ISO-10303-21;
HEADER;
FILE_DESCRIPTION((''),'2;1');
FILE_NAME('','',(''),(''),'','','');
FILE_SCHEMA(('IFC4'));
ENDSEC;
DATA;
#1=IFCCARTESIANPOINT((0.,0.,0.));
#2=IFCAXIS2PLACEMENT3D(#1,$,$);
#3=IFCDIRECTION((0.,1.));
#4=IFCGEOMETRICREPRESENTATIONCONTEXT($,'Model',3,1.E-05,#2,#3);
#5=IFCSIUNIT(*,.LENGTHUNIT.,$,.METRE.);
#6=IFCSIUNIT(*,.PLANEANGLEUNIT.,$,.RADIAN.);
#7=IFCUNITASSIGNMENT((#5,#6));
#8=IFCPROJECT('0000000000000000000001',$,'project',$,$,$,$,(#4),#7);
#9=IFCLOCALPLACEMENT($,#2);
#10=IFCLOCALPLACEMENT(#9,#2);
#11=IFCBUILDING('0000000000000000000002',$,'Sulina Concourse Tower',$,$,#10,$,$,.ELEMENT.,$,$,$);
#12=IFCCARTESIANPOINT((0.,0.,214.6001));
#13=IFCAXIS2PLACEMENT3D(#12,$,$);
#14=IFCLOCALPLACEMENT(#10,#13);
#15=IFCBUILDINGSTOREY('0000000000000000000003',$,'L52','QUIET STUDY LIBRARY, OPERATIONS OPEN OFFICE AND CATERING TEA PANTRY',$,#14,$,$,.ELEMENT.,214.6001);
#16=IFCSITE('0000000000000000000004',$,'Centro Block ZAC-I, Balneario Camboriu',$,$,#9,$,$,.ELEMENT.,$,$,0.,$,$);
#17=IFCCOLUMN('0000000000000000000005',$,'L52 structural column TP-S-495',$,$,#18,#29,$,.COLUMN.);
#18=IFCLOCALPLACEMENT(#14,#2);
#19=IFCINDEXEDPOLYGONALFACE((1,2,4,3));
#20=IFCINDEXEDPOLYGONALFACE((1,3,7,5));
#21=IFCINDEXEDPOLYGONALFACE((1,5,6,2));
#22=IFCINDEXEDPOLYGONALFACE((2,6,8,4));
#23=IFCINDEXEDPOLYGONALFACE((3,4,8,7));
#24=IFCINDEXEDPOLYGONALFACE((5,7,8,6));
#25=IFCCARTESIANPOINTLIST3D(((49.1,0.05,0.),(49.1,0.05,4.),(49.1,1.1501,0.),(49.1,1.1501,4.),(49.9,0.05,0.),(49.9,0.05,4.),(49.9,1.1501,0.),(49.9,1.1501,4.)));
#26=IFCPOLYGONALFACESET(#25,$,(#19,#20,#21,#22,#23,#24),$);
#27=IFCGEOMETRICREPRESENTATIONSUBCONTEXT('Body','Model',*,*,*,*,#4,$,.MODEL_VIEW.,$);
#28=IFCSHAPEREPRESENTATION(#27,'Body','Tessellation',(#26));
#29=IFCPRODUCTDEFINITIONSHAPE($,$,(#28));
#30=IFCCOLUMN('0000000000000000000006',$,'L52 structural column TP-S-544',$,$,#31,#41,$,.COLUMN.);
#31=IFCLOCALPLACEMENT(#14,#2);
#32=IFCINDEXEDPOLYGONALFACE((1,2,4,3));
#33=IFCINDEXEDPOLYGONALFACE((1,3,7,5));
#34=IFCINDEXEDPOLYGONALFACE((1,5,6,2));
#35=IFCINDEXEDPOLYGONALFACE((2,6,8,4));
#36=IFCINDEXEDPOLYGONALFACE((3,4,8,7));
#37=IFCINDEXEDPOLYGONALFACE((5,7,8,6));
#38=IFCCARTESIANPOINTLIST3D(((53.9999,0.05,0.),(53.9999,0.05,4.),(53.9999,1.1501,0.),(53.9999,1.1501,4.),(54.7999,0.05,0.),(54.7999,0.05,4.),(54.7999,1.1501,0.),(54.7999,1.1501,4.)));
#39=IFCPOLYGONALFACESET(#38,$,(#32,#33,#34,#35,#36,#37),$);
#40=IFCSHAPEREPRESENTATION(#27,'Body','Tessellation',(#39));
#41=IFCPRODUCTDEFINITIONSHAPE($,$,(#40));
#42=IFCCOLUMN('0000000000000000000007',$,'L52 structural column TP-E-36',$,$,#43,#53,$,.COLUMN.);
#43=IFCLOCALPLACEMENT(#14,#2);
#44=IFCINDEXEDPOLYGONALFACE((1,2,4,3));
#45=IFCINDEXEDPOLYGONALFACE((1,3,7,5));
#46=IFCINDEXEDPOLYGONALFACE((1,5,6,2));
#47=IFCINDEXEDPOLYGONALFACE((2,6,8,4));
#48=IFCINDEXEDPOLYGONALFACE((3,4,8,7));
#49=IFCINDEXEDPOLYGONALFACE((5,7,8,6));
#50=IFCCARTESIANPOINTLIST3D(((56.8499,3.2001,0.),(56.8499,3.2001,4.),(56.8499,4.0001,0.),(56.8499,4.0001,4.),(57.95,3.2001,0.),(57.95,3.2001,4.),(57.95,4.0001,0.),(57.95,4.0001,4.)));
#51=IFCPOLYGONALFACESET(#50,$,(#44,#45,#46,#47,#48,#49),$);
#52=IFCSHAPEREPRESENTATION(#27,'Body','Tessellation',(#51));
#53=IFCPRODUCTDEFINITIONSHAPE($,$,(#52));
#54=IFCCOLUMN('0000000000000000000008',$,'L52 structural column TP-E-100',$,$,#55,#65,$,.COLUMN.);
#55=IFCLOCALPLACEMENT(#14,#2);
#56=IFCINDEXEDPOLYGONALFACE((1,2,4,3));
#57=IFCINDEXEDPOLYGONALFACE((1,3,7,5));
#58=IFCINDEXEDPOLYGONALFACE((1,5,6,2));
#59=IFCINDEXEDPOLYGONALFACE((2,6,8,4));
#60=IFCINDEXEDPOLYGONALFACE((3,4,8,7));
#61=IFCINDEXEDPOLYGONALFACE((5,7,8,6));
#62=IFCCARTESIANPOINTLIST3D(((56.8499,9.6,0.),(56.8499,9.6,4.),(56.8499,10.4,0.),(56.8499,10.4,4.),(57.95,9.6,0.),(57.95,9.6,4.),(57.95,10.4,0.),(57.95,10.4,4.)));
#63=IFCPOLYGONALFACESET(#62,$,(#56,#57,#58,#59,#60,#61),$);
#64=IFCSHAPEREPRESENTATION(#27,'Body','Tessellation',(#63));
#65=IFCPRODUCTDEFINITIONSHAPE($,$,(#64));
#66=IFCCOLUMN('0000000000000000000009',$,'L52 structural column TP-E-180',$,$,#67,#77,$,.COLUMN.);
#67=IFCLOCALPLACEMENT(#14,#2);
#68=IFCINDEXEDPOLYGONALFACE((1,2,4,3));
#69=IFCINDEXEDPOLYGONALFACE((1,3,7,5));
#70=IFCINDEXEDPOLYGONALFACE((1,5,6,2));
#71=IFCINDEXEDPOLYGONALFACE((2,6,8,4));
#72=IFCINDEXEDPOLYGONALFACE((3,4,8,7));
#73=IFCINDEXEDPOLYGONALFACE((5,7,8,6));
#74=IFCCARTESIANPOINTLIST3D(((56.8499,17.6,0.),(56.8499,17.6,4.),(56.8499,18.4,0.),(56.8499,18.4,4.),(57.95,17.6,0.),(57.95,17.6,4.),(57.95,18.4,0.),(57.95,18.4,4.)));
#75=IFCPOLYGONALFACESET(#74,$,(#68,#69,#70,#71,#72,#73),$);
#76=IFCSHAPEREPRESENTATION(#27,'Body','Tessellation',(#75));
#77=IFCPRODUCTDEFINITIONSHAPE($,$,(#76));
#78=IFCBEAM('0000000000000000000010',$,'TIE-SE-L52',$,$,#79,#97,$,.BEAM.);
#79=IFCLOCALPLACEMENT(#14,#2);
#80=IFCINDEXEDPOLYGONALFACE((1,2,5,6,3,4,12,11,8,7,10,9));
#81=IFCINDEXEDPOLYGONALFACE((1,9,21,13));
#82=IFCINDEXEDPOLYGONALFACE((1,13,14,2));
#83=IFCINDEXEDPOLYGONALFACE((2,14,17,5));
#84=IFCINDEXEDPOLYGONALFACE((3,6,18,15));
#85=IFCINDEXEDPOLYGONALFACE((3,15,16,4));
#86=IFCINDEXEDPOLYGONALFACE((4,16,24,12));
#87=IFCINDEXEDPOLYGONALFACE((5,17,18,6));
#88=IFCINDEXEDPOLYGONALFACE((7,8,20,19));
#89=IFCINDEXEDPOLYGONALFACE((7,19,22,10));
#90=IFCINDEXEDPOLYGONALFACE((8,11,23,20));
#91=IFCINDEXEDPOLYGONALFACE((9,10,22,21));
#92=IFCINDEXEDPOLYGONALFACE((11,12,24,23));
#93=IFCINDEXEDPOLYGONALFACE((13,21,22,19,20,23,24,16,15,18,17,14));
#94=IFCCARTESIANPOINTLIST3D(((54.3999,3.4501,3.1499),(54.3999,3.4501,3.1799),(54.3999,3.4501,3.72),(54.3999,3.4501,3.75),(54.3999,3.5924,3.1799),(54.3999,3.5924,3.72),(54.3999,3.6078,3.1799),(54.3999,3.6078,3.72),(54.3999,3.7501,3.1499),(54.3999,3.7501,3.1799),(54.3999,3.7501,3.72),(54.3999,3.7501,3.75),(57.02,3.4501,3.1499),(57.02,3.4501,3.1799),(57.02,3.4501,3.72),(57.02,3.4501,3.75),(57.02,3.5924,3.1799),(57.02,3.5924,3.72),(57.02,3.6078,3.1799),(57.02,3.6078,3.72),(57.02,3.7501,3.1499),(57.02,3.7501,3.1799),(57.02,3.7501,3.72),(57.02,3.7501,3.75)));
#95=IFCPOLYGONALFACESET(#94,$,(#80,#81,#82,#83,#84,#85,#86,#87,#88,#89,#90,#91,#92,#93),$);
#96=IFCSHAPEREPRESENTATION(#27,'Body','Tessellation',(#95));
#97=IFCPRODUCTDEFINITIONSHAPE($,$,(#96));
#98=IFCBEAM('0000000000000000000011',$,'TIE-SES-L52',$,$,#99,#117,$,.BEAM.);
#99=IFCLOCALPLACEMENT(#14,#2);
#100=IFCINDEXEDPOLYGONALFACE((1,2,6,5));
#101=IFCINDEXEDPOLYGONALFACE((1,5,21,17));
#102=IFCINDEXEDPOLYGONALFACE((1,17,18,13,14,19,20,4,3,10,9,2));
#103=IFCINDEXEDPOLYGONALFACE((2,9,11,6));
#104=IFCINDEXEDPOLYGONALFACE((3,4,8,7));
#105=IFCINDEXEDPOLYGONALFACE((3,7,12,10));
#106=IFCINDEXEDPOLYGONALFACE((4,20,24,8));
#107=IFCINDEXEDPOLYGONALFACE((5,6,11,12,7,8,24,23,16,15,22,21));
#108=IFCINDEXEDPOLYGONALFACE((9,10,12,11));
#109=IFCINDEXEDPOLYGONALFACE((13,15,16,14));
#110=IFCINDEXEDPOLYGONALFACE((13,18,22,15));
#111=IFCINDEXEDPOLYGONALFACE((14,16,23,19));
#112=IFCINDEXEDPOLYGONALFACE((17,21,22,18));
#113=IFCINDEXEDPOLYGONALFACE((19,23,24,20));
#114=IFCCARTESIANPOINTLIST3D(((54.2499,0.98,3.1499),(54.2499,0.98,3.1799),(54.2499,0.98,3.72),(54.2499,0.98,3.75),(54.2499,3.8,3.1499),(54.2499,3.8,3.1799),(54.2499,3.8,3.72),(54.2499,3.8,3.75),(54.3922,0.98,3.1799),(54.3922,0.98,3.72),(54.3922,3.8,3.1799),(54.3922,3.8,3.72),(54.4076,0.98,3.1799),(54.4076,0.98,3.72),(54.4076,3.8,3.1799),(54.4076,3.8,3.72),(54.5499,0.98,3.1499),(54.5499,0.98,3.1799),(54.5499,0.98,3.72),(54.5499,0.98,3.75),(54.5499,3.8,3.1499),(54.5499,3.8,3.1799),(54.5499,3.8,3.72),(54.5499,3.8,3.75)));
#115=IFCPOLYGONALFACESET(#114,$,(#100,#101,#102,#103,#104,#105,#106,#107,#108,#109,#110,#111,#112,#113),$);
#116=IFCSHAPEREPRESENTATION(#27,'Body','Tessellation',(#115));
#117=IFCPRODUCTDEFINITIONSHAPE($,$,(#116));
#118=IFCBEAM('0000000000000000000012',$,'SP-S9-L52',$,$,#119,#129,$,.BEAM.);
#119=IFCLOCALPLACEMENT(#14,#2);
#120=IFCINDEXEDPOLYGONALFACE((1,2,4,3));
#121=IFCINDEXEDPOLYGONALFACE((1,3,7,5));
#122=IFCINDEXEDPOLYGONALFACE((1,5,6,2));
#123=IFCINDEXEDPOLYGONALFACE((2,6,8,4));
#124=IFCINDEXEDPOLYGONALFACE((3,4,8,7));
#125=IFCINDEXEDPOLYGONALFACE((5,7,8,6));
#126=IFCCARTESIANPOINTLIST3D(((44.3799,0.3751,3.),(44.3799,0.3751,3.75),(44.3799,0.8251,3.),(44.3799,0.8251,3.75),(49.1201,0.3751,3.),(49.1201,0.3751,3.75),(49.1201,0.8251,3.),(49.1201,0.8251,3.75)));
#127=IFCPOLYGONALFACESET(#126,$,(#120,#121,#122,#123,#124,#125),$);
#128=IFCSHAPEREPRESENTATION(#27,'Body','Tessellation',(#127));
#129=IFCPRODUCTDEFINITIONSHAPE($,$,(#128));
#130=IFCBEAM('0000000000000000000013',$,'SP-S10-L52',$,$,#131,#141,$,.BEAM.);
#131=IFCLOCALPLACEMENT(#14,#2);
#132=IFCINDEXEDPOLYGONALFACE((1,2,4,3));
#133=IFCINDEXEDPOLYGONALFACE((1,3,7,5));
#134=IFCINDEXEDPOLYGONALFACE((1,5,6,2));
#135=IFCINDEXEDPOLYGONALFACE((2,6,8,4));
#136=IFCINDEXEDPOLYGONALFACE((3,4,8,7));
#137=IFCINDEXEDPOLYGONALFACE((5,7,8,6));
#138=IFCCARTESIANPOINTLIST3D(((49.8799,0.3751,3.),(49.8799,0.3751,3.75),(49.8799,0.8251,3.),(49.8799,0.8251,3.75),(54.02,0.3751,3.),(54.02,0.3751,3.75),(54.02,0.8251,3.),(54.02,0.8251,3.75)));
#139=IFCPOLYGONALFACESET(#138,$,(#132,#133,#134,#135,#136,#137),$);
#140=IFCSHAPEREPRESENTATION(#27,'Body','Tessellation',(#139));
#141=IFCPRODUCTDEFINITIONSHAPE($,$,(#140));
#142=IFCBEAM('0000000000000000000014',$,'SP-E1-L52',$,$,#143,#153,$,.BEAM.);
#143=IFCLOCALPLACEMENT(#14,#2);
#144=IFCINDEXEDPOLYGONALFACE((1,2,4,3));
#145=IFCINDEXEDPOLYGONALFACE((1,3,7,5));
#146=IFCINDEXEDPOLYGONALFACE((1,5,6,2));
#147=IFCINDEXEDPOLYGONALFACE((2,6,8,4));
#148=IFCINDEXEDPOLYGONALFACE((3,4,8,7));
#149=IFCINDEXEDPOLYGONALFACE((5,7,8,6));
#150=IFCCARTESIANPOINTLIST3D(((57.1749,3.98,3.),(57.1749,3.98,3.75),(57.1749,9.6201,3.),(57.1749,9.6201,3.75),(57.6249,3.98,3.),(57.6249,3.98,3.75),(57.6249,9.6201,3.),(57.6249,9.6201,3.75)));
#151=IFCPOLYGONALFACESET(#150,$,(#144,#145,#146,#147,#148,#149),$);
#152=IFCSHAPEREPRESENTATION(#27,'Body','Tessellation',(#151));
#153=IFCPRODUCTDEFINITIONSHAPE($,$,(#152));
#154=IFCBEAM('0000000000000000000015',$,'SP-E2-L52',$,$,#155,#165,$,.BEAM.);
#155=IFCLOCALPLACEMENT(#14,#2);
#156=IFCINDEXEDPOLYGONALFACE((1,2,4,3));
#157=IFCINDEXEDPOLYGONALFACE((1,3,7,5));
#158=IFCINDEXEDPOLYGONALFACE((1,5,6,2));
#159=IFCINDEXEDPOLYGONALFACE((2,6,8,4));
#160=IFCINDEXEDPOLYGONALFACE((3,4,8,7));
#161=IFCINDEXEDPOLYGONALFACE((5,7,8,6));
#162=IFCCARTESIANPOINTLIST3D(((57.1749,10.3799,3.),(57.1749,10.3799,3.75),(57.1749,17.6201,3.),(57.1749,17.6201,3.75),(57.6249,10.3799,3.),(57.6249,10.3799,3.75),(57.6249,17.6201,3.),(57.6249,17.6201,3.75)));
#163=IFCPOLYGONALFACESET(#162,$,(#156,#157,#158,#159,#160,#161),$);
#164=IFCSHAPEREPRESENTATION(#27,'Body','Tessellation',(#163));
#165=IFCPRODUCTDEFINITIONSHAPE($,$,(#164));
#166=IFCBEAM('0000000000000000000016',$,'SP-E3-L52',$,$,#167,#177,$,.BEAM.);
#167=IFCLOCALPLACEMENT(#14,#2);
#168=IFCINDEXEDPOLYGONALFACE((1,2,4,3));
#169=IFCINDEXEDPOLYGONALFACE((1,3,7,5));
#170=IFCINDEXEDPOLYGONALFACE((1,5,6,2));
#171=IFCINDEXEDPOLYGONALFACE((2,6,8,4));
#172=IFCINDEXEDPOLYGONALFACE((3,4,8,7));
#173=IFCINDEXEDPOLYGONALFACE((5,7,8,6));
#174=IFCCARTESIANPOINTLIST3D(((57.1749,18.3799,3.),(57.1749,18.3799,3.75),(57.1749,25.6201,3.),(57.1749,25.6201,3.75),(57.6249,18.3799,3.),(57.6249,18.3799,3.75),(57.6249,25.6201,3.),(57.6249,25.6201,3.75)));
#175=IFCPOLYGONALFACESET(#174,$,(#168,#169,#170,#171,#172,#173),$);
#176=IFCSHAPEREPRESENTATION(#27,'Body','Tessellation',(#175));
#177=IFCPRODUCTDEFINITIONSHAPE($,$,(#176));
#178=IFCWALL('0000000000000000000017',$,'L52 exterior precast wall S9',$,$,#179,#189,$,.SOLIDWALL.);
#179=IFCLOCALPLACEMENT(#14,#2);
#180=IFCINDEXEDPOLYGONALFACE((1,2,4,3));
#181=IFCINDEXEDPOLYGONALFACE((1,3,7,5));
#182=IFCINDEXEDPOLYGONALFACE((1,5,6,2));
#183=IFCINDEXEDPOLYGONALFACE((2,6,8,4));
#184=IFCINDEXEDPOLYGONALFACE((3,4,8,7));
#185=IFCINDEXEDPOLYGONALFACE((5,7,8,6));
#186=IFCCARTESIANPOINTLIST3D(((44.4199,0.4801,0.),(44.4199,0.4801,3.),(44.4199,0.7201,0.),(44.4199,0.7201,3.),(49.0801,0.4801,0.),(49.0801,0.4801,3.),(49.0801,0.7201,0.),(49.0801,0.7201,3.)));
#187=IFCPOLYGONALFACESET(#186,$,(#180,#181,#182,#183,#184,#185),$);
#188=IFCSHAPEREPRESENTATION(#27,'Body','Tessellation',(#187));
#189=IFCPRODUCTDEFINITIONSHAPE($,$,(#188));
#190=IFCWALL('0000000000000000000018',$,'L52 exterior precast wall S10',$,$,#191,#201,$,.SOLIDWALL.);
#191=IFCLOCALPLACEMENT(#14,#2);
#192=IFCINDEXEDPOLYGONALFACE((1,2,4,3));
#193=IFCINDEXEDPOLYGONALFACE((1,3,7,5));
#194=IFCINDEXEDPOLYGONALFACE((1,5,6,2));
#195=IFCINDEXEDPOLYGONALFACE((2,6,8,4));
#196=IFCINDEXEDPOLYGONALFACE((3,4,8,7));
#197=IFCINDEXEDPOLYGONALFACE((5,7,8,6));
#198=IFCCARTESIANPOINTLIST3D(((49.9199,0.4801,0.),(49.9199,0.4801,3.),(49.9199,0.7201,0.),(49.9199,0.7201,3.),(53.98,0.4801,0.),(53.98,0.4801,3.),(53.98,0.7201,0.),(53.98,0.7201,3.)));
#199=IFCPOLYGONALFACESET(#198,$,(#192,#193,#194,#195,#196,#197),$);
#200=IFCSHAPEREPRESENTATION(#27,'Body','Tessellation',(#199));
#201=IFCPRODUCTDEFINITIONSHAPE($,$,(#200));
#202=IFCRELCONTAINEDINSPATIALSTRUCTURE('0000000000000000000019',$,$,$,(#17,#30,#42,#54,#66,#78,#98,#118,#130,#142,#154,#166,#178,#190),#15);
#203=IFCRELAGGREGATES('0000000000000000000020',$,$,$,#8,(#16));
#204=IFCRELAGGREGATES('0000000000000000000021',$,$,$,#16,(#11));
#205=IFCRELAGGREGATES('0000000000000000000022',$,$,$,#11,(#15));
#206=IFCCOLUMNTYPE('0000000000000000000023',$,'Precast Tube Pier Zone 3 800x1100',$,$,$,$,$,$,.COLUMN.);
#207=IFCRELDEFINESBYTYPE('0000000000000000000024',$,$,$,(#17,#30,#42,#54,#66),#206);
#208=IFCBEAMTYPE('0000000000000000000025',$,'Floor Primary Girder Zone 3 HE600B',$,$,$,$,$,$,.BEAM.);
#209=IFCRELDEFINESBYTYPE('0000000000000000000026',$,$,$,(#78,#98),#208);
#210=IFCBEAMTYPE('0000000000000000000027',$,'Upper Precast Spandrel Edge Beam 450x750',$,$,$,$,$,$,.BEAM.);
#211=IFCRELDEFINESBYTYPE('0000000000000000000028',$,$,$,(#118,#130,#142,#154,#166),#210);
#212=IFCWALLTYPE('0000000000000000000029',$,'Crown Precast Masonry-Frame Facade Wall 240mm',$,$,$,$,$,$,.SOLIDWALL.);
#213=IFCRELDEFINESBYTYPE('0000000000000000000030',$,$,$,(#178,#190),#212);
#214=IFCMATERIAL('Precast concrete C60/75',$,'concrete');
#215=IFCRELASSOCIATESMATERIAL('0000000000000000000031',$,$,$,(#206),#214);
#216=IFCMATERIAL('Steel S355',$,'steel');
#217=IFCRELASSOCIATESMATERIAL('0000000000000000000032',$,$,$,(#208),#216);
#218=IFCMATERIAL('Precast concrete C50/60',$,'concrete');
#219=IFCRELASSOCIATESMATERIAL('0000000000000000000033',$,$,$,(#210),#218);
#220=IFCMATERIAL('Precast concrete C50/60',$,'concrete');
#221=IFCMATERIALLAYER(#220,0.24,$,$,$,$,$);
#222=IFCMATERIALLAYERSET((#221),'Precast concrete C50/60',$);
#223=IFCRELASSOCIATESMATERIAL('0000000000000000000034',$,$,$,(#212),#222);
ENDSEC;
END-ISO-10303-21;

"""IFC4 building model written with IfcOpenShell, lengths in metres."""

from ifc_helpers import new_model, si_unit, direction, frame, frame_2d, origin, origin_2d, place, context, subcontext, project, spatial, rectangle, i_section, extrude, material, layer, layer_set, material_profile, profile_set, type_object, element, save


model = new_model("IFC4")

# Units and contexts
model_context = context("Model", 3, precision=1e-05, world=origin(), true_north=direction((0.0, 1.0)))
body_context = subcontext(model_context, "Body", "Model", "MODEL_VIEW")
ifc_project = project(units=[si_unit("LENGTHUNIT", "METRE"), si_unit("PLANEANGLEUNIT", "RADIAN")], contexts=[model_context])

# Site, building, storey
site_placement = place(None, origin())
site = spatial("IfcSite", under=ifc_project, at=site_placement, Name="Centro Block ZAC-I, Balneario Camboriu", CompositionType="ELEMENT", RefElevation=0.0)
building_placement = place(site_placement, origin())
building = spatial("IfcBuilding", under=site, at=building_placement, Name="Sulina Concourse Tower", CompositionType="ELEMENT")
storey_placement = place(building_placement, frame((0.0, 0.0, 214.6001)))
storey = spatial("IfcBuildingStorey", under=building, at=storey_placement, Name="L52", Description="QUIET STUDY LIBRARY, OPERATIONS OPEN OFFICE AND CATERING TEA PANTRY", CompositionType="ELEMENT", Elevation=214.6001)

# Columns
ifc_material_1 = material(Name="Precast concrete C60/75", Category="concrete")
ifc_material_profile_1 = material_profile(ifc_material_1, rectangle(XDim=0.8, YDim=1.1001, at=origin_2d()), Name="PC 800x1100")
ifc_profile_set_1 = profile_set([ifc_material_profile_1], Name="Precast concrete C60/75")
column_type = type_object("IfcColumnType", Name="Precast Tube Pier Zone 3 800x1100", PredefinedType="COLUMN", material=ifc_profile_set_1)
for number, where, z_axis, x_axis, name in (
    (1, (49.5, 0.6001, 0.0), (0.0, 0.0, 1.0), (1.0, 0.0, 0.0), "L52 structural column TP-S-495"),
    (2, (54.3999, 0.6001, 0.0), (0.0, 0.0, 1.0), (1.0, 0.0, 0.0), "L52 structural column TP-S-544"),
    (3, (57.3999, 3.6001, 0.0), (0.0, 0.0, 1.0), (0.0, 1.0, 0.0), "L52 structural column TP-E-36"),
    (4, (57.3999, 10.0, 0.0), (0.0, 0.0, 1.0), (0.0, 1.0, 0.0), "L52 structural column TP-E-100"),
    (5, (57.3999, 18.0, 0.0), (0.0, 0.0, 1.0), (0.0, 1.0, 0.0), "L52 structural column TP-E-180"),
):
    element("IfcColumn", number, at=place(storey_placement, frame(where, z_axis=z_axis, x_axis=x_axis)), inside=storey, type_object=column_type, Name=name, PredefinedType="COLUMN", context=body_context, shape_type="SweptSolid", body=[
        extrude(rectangle(XDim=0.8, YDim=1.1001, at=origin_2d()), origin(), (0.0, 0.0, 1.0), 4.0),
    ])

# Beams
ifc_material_2 = material(Name="Steel S355", Category="steel")
ifc_material_profile_2 = material_profile(ifc_material_2, i_section(OverallWidth=0.3, OverallDepth=0.6001, WebThickness=0.0154, FlangeThickness=0.03, at=origin_2d()), Name="HE 600 B")
ifc_profile_set_2 = profile_set([ifc_material_profile_2], Name="Steel S355")
beam_type_1 = type_object("IfcBeamType", Name="Floor Primary Girder Zone 3 HE600B", PredefinedType="BEAM", material=ifc_profile_set_2)
beam_1_placement = place(storey_placement, frame((54.3999, 3.6001, 3.45), z_axis=(1.0, 0.0, 0.0), x_axis=(0.0, 1.0, 0.0)))
element("IfcBeam", 6, at=beam_1_placement, inside=storey, type_object=beam_type_1, Name="TIE-SE-L52", PredefinedType="BEAM", context=body_context, shape_type="SweptSolid", body=[
    extrude(i_section(OverallWidth=0.3, OverallDepth=0.6001, WebThickness=0.0154, FlangeThickness=0.03, at=origin_2d()), origin(), (0.0, 0.0, 1.0), 2.6201),
])
beam_2_placement = place(storey_placement, frame((54.3999, 0.98, 3.45), z_axis=(0.0, 1.0, 0.0), x_axis=(-1.0, 0.0, 0.0)))
element("IfcBeam", 7, at=beam_2_placement, inside=storey, type_object=beam_type_1, Name="TIE-SES-L52", PredefinedType="BEAM", context=body_context, shape_type="SweptSolid", body=[
    extrude(i_section(OverallWidth=0.3, OverallDepth=0.6001, WebThickness=0.0154, FlangeThickness=0.03, at=origin_2d()), origin(), (0.0, 0.0, 1.0), 2.8201),
])
ifc_material_3 = material(Name="Precast concrete C50/60", Category="concrete")
ifc_material_profile_3 = material_profile(ifc_material_3, rectangle(XDim=0.45, YDim=0.75, at=origin_2d()), Name="RC 450x750")
ifc_profile_set_3 = profile_set([ifc_material_profile_3], Name="Precast concrete C50/60")
beam_type_2 = type_object("IfcBeamType", Name="Upper Precast Spandrel Edge Beam 450x750", PredefinedType="BEAM", material=ifc_profile_set_3)
beam_3_placement = place(storey_placement, frame((44.3799, 0.6001, 3.375), z_axis=(1.0, 0.0, 0.0), x_axis=(0.0, 1.0, 0.0)))
element("IfcBeam", 8, at=beam_3_placement, inside=storey, type_object=beam_type_2, Name="SP-S9-L52", PredefinedType="BEAM", context=body_context, shape_type="SweptSolid", body=[
    extrude(rectangle(XDim=0.45, YDim=0.75, at=origin_2d()), origin(), (0.0, 0.0, 1.0), 4.7402),
])
beam_4_placement = place(storey_placement, frame((49.8799, 0.6001, 3.375), z_axis=(1.0, 0.0, 0.0), x_axis=(0.0, 1.0, 0.0)))
element("IfcBeam", 9, at=beam_4_placement, inside=storey, type_object=beam_type_2, Name="SP-S10-L52", PredefinedType="BEAM", context=body_context, shape_type="SweptSolid", body=[
    extrude(rectangle(XDim=0.45, YDim=0.75, at=origin_2d()), origin(), (0.0, 0.0, 1.0), 4.1401),
])
beam_5_placement = place(storey_placement, frame((57.3999, 3.98, 3.375), z_axis=(0.0, 1.0, 0.0), x_axis=(-1.0, 0.0, 0.0)))
element("IfcBeam", 10, at=beam_5_placement, inside=storey, type_object=beam_type_2, Name="SP-E1-L52", PredefinedType="BEAM", context=body_context, shape_type="SweptSolid", body=[
    extrude(rectangle(XDim=0.45, YDim=0.75, at=origin_2d()), origin(), (0.0, 0.0, 1.0), 5.6401),
])
for number, where, z_axis, x_axis, name in (
    (11, (57.3999, 10.3799, 3.375), (0.0, 1.0, 0.0), (-1.0, 0.0, 0.0), "SP-E2-L52"),
    (12, (57.3999, 18.3799, 3.375), (0.0, 1.0, 0.0), (-1.0, 0.0, 0.0), "SP-E3-L52"),
):
    element("IfcBeam", number, at=place(storey_placement, frame(where, z_axis=z_axis, x_axis=x_axis)), inside=storey, type_object=beam_type_2, Name=name, PredefinedType="BEAM", context=body_context, shape_type="SweptSolid", body=[
        extrude(rectangle(XDim=0.45, YDim=0.75, at=origin_2d()), origin(), (0.0, 0.0, 1.0), 7.2402),
    ])

# Walls
ifc_material_4 = material(Name="Precast concrete C50/60", Category="concrete")
ifc_layer_1 = layer(ifc_material_4, 0.24)
ifc_layer_set_1 = layer_set([ifc_layer_1], Name="Precast concrete C50/60")
wall_type_1 = type_object("IfcWallType", Name="Crown Precast Masonry-Frame Facade Wall 240mm", PredefinedType="SOLIDWALL", material=ifc_layer_set_1)
wall_1_placement = place(storey_placement, frame((49.0801, 0.6001, 0.0), z_axis=(0.0, 0.0, 1.0), x_axis=(-1.0, 0.0, 0.0)))
element("IfcWall", 13, at=wall_1_placement, inside=storey, type_object=wall_type_1, Name="L52 exterior precast wall S9", PredefinedType="SOLIDWALL", context=body_context, shape_type="SweptSolid", body=[
    extrude(rectangle(XDim=4.6602, YDim=0.24, at=frame_2d((2.3301, 0.0))), origin(), (0.0, 0.0, 1.0), 3.0),
])
wall_2_placement = place(storey_placement, frame((53.98, 0.6001, 0.0), z_axis=(0.0, 0.0, 1.0), x_axis=(-1.0, 0.0, 0.0)))
element("IfcWall", 14, at=wall_2_placement, inside=storey, type_object=wall_type_1, Name="L52 exterior precast wall S10", PredefinedType="SOLIDWALL", context=body_context, shape_type="SweptSolid", body=[
    extrude(rectangle(XDim=4.0601, YDim=0.24, at=frame_2d((2.03, 0.0))), origin(), (0.0, 0.0, 1.0), 3.0),
])

save(model, "model.ifc")
